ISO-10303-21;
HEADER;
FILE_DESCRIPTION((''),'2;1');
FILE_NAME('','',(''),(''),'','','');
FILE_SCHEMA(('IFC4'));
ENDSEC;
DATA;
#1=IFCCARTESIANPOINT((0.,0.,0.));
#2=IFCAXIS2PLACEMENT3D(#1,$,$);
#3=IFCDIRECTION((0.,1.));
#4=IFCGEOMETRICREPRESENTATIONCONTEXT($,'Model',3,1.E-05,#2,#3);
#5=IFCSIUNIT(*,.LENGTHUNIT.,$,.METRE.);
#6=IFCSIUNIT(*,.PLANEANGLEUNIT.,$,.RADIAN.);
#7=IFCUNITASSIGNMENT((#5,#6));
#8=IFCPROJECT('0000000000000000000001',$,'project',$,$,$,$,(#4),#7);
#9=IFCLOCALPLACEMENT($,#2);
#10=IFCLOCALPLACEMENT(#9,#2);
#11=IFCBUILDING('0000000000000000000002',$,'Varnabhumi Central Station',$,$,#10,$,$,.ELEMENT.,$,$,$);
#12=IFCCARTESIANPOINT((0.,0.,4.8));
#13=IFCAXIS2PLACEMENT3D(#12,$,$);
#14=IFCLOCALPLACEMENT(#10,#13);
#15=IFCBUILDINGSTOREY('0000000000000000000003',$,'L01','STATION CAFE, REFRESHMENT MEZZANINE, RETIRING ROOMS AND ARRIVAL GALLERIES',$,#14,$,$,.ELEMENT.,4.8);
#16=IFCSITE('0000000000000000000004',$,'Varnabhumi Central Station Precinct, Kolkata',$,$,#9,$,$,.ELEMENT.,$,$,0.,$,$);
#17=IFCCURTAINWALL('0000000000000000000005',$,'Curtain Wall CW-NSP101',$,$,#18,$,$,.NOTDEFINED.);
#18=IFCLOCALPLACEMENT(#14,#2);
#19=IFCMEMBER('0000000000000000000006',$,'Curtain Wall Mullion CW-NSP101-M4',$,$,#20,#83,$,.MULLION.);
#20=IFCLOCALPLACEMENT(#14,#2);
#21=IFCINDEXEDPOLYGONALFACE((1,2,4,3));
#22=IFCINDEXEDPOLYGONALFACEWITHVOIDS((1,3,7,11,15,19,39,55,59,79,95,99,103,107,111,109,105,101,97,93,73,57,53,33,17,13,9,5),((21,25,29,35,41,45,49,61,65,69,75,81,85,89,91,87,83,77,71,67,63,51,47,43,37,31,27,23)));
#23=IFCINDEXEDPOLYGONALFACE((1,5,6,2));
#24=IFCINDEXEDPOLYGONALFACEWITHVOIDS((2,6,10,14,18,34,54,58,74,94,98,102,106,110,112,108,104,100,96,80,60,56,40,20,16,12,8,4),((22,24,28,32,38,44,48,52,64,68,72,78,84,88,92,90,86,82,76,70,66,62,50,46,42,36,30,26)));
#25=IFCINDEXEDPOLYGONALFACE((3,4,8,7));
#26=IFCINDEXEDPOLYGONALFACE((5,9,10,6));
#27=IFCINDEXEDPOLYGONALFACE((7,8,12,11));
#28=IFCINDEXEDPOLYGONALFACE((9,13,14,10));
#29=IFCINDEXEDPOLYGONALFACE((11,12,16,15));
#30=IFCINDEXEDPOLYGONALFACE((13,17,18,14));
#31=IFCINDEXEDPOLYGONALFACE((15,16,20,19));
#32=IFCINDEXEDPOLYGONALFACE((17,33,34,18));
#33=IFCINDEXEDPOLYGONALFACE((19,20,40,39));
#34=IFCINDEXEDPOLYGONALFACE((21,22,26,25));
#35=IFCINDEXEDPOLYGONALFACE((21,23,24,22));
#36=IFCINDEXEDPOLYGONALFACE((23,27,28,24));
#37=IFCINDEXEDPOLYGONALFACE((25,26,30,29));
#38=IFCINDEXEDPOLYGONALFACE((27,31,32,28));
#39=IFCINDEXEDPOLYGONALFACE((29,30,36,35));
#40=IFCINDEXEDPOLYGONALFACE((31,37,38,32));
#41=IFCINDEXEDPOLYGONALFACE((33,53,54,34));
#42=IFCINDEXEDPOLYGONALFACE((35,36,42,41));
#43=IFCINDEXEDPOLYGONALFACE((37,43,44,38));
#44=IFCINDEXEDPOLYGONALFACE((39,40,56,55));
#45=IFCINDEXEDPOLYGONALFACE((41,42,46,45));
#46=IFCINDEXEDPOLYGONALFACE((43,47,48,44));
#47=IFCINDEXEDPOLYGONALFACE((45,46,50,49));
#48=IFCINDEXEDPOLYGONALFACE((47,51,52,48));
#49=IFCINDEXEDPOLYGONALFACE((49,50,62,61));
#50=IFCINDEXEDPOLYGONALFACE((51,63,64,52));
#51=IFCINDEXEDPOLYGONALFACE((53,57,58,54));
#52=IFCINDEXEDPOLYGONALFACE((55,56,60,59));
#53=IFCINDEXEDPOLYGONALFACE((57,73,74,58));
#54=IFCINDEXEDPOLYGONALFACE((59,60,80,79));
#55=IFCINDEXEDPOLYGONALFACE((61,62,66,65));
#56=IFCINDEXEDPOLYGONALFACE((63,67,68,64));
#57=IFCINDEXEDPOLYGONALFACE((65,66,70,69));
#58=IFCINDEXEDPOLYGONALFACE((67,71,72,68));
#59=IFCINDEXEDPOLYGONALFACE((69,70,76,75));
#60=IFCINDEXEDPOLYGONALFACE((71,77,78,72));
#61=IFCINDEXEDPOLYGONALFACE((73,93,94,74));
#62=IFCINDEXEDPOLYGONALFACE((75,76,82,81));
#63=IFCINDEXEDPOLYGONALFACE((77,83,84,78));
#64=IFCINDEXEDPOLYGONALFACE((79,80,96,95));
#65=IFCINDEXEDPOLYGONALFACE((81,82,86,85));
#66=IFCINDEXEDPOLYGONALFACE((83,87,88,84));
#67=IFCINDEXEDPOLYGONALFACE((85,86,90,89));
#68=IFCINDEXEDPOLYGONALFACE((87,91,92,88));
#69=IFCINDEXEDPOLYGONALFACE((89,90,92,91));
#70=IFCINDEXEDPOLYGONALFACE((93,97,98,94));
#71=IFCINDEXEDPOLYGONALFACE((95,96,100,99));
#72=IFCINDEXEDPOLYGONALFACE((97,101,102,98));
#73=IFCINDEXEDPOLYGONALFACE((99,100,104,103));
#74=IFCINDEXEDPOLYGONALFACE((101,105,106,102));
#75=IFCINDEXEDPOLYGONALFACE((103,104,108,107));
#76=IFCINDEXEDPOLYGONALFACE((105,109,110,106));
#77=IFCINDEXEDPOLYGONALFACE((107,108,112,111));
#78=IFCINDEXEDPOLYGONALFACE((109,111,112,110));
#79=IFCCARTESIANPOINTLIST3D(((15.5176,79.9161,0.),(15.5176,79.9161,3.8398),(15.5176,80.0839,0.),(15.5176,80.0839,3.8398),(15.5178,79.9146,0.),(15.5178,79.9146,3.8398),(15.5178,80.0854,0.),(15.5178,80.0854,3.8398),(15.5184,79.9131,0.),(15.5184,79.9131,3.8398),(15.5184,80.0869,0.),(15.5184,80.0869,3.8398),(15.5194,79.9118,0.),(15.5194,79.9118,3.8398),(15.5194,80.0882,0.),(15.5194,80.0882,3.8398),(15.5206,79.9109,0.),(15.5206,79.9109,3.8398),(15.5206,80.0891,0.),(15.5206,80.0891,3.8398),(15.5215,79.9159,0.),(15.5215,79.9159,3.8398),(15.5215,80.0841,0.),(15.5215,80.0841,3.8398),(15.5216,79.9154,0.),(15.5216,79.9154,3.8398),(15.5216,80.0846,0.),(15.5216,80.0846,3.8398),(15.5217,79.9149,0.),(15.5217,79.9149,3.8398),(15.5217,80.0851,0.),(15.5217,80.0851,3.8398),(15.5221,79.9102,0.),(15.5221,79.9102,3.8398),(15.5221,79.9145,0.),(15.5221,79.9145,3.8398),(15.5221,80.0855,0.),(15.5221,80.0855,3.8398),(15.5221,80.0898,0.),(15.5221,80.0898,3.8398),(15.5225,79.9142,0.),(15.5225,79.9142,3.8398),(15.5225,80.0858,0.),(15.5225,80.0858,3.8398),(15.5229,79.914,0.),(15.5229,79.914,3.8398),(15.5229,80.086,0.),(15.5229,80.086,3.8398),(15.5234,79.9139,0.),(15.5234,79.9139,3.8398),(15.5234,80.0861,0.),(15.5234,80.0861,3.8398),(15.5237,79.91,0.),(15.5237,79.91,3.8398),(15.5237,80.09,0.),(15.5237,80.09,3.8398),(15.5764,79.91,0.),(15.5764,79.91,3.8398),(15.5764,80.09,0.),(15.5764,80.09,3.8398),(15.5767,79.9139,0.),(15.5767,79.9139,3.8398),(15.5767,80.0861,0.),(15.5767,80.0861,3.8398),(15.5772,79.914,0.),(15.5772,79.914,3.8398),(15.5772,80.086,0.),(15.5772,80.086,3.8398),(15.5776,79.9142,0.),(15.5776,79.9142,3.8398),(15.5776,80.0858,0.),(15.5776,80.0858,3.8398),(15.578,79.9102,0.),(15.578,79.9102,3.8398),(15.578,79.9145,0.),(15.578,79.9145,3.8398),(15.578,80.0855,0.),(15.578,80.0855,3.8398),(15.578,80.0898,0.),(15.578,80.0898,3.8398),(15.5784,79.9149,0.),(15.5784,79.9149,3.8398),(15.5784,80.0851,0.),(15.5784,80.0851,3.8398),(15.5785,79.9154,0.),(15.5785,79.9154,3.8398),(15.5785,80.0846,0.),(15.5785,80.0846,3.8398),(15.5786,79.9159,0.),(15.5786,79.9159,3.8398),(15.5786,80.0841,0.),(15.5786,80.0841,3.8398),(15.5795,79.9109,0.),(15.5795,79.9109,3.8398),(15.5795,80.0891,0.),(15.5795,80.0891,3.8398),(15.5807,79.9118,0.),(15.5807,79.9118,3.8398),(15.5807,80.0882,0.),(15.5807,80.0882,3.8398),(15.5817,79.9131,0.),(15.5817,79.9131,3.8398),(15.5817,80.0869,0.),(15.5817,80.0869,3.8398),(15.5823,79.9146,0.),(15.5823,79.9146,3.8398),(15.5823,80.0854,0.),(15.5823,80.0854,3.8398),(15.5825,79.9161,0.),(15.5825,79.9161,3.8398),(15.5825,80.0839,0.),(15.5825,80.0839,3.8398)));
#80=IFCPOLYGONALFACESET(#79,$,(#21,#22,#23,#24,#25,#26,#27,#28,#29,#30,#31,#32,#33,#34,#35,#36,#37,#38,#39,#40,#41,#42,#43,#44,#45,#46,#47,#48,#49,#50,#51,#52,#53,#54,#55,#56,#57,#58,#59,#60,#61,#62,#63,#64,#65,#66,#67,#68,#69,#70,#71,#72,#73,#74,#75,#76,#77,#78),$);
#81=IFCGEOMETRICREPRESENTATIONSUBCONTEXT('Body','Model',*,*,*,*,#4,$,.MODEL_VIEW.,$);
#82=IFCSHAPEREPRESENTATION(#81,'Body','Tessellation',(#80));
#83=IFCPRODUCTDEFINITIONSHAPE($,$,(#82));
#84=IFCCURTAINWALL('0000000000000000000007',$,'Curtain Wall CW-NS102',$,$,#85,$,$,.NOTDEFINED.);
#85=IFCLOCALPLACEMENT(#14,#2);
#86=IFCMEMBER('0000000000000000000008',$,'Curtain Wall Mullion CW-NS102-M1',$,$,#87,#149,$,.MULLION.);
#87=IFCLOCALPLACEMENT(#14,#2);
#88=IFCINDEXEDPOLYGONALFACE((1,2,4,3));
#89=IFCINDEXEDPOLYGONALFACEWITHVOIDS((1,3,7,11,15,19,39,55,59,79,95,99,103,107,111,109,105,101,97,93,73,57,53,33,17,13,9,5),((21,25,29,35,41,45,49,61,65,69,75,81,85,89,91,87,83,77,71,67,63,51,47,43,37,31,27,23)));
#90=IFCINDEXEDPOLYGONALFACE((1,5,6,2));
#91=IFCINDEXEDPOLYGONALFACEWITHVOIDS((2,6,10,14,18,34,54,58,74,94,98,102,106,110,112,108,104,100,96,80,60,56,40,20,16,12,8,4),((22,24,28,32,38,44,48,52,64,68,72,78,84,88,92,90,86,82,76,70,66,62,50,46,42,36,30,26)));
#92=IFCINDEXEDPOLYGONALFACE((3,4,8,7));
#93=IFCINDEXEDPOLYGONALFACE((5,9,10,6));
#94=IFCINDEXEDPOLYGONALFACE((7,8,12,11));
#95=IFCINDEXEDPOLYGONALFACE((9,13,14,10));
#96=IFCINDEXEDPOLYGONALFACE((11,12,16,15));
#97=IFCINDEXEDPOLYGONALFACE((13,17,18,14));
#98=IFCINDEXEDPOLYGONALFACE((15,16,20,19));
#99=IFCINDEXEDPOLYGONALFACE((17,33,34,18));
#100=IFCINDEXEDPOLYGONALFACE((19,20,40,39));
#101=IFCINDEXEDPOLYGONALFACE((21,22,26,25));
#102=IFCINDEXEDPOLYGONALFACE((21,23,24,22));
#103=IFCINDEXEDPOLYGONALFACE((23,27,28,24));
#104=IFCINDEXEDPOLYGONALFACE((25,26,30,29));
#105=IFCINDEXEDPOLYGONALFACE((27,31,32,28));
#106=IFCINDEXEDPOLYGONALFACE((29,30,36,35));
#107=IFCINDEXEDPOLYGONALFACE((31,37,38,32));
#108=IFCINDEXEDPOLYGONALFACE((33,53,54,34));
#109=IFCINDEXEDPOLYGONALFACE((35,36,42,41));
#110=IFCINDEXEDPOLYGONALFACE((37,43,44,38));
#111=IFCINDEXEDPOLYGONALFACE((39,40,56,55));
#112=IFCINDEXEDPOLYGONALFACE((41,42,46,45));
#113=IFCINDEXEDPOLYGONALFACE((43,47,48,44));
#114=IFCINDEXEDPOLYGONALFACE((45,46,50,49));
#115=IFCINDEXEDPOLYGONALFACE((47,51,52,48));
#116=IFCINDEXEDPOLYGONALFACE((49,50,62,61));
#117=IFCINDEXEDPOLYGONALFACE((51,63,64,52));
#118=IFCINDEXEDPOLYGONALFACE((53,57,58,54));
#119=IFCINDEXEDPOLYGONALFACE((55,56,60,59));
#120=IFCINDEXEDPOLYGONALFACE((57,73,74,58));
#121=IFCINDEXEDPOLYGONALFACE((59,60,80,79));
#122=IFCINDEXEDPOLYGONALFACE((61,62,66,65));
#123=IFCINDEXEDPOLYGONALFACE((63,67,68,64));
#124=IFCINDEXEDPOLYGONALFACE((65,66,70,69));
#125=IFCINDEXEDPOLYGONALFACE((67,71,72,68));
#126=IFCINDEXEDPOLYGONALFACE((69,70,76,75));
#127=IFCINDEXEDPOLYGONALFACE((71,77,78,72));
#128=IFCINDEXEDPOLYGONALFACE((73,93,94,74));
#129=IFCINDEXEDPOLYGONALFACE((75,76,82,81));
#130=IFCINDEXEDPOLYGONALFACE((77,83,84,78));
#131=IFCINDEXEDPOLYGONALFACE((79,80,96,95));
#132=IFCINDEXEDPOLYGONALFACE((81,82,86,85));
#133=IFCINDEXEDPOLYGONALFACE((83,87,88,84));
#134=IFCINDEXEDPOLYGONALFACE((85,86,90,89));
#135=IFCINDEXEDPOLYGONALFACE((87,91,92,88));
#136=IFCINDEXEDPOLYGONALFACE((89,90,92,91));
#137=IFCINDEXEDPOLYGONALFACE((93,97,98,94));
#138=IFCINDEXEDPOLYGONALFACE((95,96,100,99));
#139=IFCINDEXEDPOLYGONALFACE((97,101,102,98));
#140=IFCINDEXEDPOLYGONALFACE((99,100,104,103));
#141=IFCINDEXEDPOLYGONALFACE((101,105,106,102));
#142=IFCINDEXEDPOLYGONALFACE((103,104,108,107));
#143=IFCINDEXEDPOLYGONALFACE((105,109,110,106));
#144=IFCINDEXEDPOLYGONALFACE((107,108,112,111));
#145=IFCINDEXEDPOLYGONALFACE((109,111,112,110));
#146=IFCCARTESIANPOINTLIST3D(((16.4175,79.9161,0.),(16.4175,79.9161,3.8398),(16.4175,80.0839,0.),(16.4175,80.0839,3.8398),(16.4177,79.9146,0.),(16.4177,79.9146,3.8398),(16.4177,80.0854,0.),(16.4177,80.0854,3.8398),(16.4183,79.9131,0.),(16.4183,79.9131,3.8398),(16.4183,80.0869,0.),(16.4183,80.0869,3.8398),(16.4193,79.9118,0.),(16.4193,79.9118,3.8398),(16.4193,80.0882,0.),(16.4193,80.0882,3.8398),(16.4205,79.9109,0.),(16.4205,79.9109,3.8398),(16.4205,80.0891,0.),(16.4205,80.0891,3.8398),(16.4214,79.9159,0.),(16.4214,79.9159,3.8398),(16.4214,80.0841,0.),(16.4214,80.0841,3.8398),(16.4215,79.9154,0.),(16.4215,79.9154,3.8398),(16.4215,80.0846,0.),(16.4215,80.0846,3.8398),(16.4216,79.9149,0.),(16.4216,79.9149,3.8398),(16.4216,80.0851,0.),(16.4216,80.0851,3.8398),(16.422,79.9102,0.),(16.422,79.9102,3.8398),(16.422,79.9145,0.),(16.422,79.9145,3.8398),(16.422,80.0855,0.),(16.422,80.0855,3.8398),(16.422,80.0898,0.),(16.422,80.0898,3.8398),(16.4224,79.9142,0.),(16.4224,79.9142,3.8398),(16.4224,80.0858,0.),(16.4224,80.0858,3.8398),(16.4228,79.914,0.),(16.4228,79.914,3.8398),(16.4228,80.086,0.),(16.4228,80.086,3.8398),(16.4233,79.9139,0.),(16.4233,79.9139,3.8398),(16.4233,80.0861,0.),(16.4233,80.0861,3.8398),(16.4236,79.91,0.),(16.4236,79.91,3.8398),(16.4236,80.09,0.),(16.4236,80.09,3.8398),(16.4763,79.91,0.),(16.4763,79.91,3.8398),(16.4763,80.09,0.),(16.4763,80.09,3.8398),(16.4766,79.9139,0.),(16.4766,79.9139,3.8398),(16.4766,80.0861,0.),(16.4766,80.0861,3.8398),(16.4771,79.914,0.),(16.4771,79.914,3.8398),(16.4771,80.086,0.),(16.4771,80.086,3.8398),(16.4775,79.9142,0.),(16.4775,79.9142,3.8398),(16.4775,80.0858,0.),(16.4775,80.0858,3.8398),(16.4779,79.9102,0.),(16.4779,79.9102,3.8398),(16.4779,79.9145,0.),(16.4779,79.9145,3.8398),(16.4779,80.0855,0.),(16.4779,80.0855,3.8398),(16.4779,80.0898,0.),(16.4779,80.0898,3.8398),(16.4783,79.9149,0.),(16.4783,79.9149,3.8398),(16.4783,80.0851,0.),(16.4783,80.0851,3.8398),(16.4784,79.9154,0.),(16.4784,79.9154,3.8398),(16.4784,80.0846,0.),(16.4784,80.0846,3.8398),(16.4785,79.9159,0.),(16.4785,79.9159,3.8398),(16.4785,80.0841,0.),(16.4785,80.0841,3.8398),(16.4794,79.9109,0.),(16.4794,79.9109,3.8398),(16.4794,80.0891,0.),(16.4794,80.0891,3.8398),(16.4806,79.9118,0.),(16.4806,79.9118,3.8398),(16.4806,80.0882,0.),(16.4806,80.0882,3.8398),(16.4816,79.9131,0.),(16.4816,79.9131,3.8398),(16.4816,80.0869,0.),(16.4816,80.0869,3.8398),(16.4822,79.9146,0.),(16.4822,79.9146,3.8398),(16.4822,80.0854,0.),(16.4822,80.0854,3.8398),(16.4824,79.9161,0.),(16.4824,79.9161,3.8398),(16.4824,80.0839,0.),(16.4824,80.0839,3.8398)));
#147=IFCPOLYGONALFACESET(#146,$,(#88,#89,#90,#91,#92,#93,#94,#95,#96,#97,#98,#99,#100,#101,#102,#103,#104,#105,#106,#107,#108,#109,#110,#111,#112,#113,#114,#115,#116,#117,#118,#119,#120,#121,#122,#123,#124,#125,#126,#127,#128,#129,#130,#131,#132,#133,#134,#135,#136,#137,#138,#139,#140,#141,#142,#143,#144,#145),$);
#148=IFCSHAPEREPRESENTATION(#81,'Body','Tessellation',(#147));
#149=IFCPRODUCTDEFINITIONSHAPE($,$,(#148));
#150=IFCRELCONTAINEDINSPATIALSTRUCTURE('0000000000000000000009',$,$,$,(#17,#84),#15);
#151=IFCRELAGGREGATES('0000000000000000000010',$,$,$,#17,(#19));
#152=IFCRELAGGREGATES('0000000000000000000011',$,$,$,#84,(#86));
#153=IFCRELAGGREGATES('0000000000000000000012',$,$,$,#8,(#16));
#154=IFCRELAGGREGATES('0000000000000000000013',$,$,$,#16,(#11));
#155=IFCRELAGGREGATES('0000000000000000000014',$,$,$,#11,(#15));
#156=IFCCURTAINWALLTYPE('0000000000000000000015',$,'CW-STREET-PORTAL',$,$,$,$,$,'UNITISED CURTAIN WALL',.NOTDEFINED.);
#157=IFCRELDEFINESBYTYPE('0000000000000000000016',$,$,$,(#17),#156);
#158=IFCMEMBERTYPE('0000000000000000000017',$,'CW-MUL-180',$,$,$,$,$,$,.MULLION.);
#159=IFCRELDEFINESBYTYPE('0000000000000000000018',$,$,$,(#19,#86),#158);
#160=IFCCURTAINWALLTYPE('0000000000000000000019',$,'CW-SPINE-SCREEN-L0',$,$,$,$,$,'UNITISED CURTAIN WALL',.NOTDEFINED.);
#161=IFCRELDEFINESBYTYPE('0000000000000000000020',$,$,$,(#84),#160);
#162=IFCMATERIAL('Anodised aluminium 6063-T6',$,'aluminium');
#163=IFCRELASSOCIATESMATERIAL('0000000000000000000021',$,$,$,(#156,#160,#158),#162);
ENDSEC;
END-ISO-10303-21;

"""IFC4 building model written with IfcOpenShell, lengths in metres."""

from ifc_helpers import new_model, si_unit, direction, frame, origin, origin_2d, place, context, subcontext, project, spatial, hollow_rectangle, extrude, material, material_profile, profile_set, type_object, element, aggregate, save


model = new_model("IFC4")

# Units and contexts
model_context = context("Model", 3, precision=1e-05, world=origin(), true_north=direction((0.0, 1.0)))
body_context = subcontext(model_context, "Body", "Model", "MODEL_VIEW")
ifc_project = project(units=[si_unit("LENGTHUNIT", "METRE"), si_unit("PLANEANGLEUNIT", "RADIAN")], contexts=[model_context])

# Site, building, storey
site_placement = place(None, origin())
site = spatial("IfcSite", under=ifc_project, at=site_placement, Name="Varnabhumi Central Station Precinct, Kolkata", CompositionType="ELEMENT", RefElevation=0.0)
building_placement = place(site_placement, origin())
building = spatial("IfcBuilding", under=site, at=building_placement, Name="Varnabhumi Central Station", CompositionType="ELEMENT")
storey_placement = place(building_placement, frame((0.0, 0.0, 4.8)))
storey = spatial("IfcBuildingStorey", under=building, at=storey_placement, Name="L01", Description="STATION CAFE, REFRESHMENT MEZZANINE, RETIRING ROOMS AND ARRIVAL GALLERIES", CompositionType="ELEMENT", Elevation=4.8)

# Curtain wall, member
ifc_material_1 = material(Name="Anodised aluminium 6063-T6", Category="aluminium")
curtain_wall_type_1 = type_object("IfcCurtainWallType", Name="CW-STREET-PORTAL", ElementType="UNITISED CURTAIN WALL", PredefinedType="NOTDEFINED", material=ifc_material_1)
curtain_wall_1_placement = place(storey_placement, origin())
curtain_wall_1 = element("IfcCurtainWall", 1, at=curtain_wall_1_placement, inside=storey, type_object=curtain_wall_type_1, Name="Curtain Wall CW-NSP101", PredefinedType="NOTDEFINED")
ifc_material_profile_1 = material_profile(ifc_material_1, hollow_rectangle(XDim=0.0649, YDim=0.1799, WallThickness=0.0039, InnerFilletRadius=0.002, OuterFilletRadius=0.0061, at=origin_2d()), Name="Anodised aluminium 6063-T6", Category="aluminium")
ifc_profile_set_1 = profile_set([ifc_material_profile_1], Name="Anodised aluminium 6063-T6")
member_type_1 = type_object("IfcMemberType", Name="CW-MUL-180", PredefinedType="MULLION", material=ifc_profile_set_1)
member_1_placement = place(storey_placement, frame((15.55, 80.0, 0.0), z_axis=(0.0, 0.0, 1.0), x_axis=(1.0, 0.0, 0.0)))
member_1 = element("IfcMember", 2, at=member_1_placement, type_object=member_type_1, Name="Curtain Wall Mullion CW-NSP101-M4", PredefinedType="MULLION", context=body_context, shape_type="SweptSolid", body=[
    extrude(hollow_rectangle(XDim=0.0649, YDim=0.1799, WallThickness=0.0039, InnerFilletRadius=0.002, OuterFilletRadius=0.0061, at=origin_2d()), origin(), (0.0, 0.0, 1.0), 3.8398),
])

# Curtain wall, member
curtain_wall_type_2 = type_object("IfcCurtainWallType", Name="CW-SPINE-SCREEN-L0", ElementType="UNITISED CURTAIN WALL", PredefinedType="NOTDEFINED", material=ifc_material_1)
curtain_wall_2_placement = place(storey_placement, origin())
curtain_wall_2 = element("IfcCurtainWall", 3, at=curtain_wall_2_placement, inside=storey, type_object=curtain_wall_type_2, Name="Curtain Wall CW-NS102", PredefinedType="NOTDEFINED")
member_2_placement = place(storey_placement, frame((16.45, 80.0, 0.0), z_axis=(0.0, 0.0, 1.0), x_axis=(1.0, 0.0, 0.0)))
member_2 = element("IfcMember", 4, at=member_2_placement, type_object=member_type_1, Name="Curtain Wall Mullion CW-NS102-M1", PredefinedType="MULLION", context=body_context, shape_type="SweptSolid", body=[
    extrude(hollow_rectangle(XDim=0.0649, YDim=0.1799, WallThickness=0.0039, InnerFilletRadius=0.002, OuterFilletRadius=0.0061, at=origin_2d()), origin(), (0.0, 0.0, 1.0), 3.8398),
])

aggregate(curtain_wall_1, [member_1])
aggregate(curtain_wall_2, [member_2])

save(model, "model.ifc")
